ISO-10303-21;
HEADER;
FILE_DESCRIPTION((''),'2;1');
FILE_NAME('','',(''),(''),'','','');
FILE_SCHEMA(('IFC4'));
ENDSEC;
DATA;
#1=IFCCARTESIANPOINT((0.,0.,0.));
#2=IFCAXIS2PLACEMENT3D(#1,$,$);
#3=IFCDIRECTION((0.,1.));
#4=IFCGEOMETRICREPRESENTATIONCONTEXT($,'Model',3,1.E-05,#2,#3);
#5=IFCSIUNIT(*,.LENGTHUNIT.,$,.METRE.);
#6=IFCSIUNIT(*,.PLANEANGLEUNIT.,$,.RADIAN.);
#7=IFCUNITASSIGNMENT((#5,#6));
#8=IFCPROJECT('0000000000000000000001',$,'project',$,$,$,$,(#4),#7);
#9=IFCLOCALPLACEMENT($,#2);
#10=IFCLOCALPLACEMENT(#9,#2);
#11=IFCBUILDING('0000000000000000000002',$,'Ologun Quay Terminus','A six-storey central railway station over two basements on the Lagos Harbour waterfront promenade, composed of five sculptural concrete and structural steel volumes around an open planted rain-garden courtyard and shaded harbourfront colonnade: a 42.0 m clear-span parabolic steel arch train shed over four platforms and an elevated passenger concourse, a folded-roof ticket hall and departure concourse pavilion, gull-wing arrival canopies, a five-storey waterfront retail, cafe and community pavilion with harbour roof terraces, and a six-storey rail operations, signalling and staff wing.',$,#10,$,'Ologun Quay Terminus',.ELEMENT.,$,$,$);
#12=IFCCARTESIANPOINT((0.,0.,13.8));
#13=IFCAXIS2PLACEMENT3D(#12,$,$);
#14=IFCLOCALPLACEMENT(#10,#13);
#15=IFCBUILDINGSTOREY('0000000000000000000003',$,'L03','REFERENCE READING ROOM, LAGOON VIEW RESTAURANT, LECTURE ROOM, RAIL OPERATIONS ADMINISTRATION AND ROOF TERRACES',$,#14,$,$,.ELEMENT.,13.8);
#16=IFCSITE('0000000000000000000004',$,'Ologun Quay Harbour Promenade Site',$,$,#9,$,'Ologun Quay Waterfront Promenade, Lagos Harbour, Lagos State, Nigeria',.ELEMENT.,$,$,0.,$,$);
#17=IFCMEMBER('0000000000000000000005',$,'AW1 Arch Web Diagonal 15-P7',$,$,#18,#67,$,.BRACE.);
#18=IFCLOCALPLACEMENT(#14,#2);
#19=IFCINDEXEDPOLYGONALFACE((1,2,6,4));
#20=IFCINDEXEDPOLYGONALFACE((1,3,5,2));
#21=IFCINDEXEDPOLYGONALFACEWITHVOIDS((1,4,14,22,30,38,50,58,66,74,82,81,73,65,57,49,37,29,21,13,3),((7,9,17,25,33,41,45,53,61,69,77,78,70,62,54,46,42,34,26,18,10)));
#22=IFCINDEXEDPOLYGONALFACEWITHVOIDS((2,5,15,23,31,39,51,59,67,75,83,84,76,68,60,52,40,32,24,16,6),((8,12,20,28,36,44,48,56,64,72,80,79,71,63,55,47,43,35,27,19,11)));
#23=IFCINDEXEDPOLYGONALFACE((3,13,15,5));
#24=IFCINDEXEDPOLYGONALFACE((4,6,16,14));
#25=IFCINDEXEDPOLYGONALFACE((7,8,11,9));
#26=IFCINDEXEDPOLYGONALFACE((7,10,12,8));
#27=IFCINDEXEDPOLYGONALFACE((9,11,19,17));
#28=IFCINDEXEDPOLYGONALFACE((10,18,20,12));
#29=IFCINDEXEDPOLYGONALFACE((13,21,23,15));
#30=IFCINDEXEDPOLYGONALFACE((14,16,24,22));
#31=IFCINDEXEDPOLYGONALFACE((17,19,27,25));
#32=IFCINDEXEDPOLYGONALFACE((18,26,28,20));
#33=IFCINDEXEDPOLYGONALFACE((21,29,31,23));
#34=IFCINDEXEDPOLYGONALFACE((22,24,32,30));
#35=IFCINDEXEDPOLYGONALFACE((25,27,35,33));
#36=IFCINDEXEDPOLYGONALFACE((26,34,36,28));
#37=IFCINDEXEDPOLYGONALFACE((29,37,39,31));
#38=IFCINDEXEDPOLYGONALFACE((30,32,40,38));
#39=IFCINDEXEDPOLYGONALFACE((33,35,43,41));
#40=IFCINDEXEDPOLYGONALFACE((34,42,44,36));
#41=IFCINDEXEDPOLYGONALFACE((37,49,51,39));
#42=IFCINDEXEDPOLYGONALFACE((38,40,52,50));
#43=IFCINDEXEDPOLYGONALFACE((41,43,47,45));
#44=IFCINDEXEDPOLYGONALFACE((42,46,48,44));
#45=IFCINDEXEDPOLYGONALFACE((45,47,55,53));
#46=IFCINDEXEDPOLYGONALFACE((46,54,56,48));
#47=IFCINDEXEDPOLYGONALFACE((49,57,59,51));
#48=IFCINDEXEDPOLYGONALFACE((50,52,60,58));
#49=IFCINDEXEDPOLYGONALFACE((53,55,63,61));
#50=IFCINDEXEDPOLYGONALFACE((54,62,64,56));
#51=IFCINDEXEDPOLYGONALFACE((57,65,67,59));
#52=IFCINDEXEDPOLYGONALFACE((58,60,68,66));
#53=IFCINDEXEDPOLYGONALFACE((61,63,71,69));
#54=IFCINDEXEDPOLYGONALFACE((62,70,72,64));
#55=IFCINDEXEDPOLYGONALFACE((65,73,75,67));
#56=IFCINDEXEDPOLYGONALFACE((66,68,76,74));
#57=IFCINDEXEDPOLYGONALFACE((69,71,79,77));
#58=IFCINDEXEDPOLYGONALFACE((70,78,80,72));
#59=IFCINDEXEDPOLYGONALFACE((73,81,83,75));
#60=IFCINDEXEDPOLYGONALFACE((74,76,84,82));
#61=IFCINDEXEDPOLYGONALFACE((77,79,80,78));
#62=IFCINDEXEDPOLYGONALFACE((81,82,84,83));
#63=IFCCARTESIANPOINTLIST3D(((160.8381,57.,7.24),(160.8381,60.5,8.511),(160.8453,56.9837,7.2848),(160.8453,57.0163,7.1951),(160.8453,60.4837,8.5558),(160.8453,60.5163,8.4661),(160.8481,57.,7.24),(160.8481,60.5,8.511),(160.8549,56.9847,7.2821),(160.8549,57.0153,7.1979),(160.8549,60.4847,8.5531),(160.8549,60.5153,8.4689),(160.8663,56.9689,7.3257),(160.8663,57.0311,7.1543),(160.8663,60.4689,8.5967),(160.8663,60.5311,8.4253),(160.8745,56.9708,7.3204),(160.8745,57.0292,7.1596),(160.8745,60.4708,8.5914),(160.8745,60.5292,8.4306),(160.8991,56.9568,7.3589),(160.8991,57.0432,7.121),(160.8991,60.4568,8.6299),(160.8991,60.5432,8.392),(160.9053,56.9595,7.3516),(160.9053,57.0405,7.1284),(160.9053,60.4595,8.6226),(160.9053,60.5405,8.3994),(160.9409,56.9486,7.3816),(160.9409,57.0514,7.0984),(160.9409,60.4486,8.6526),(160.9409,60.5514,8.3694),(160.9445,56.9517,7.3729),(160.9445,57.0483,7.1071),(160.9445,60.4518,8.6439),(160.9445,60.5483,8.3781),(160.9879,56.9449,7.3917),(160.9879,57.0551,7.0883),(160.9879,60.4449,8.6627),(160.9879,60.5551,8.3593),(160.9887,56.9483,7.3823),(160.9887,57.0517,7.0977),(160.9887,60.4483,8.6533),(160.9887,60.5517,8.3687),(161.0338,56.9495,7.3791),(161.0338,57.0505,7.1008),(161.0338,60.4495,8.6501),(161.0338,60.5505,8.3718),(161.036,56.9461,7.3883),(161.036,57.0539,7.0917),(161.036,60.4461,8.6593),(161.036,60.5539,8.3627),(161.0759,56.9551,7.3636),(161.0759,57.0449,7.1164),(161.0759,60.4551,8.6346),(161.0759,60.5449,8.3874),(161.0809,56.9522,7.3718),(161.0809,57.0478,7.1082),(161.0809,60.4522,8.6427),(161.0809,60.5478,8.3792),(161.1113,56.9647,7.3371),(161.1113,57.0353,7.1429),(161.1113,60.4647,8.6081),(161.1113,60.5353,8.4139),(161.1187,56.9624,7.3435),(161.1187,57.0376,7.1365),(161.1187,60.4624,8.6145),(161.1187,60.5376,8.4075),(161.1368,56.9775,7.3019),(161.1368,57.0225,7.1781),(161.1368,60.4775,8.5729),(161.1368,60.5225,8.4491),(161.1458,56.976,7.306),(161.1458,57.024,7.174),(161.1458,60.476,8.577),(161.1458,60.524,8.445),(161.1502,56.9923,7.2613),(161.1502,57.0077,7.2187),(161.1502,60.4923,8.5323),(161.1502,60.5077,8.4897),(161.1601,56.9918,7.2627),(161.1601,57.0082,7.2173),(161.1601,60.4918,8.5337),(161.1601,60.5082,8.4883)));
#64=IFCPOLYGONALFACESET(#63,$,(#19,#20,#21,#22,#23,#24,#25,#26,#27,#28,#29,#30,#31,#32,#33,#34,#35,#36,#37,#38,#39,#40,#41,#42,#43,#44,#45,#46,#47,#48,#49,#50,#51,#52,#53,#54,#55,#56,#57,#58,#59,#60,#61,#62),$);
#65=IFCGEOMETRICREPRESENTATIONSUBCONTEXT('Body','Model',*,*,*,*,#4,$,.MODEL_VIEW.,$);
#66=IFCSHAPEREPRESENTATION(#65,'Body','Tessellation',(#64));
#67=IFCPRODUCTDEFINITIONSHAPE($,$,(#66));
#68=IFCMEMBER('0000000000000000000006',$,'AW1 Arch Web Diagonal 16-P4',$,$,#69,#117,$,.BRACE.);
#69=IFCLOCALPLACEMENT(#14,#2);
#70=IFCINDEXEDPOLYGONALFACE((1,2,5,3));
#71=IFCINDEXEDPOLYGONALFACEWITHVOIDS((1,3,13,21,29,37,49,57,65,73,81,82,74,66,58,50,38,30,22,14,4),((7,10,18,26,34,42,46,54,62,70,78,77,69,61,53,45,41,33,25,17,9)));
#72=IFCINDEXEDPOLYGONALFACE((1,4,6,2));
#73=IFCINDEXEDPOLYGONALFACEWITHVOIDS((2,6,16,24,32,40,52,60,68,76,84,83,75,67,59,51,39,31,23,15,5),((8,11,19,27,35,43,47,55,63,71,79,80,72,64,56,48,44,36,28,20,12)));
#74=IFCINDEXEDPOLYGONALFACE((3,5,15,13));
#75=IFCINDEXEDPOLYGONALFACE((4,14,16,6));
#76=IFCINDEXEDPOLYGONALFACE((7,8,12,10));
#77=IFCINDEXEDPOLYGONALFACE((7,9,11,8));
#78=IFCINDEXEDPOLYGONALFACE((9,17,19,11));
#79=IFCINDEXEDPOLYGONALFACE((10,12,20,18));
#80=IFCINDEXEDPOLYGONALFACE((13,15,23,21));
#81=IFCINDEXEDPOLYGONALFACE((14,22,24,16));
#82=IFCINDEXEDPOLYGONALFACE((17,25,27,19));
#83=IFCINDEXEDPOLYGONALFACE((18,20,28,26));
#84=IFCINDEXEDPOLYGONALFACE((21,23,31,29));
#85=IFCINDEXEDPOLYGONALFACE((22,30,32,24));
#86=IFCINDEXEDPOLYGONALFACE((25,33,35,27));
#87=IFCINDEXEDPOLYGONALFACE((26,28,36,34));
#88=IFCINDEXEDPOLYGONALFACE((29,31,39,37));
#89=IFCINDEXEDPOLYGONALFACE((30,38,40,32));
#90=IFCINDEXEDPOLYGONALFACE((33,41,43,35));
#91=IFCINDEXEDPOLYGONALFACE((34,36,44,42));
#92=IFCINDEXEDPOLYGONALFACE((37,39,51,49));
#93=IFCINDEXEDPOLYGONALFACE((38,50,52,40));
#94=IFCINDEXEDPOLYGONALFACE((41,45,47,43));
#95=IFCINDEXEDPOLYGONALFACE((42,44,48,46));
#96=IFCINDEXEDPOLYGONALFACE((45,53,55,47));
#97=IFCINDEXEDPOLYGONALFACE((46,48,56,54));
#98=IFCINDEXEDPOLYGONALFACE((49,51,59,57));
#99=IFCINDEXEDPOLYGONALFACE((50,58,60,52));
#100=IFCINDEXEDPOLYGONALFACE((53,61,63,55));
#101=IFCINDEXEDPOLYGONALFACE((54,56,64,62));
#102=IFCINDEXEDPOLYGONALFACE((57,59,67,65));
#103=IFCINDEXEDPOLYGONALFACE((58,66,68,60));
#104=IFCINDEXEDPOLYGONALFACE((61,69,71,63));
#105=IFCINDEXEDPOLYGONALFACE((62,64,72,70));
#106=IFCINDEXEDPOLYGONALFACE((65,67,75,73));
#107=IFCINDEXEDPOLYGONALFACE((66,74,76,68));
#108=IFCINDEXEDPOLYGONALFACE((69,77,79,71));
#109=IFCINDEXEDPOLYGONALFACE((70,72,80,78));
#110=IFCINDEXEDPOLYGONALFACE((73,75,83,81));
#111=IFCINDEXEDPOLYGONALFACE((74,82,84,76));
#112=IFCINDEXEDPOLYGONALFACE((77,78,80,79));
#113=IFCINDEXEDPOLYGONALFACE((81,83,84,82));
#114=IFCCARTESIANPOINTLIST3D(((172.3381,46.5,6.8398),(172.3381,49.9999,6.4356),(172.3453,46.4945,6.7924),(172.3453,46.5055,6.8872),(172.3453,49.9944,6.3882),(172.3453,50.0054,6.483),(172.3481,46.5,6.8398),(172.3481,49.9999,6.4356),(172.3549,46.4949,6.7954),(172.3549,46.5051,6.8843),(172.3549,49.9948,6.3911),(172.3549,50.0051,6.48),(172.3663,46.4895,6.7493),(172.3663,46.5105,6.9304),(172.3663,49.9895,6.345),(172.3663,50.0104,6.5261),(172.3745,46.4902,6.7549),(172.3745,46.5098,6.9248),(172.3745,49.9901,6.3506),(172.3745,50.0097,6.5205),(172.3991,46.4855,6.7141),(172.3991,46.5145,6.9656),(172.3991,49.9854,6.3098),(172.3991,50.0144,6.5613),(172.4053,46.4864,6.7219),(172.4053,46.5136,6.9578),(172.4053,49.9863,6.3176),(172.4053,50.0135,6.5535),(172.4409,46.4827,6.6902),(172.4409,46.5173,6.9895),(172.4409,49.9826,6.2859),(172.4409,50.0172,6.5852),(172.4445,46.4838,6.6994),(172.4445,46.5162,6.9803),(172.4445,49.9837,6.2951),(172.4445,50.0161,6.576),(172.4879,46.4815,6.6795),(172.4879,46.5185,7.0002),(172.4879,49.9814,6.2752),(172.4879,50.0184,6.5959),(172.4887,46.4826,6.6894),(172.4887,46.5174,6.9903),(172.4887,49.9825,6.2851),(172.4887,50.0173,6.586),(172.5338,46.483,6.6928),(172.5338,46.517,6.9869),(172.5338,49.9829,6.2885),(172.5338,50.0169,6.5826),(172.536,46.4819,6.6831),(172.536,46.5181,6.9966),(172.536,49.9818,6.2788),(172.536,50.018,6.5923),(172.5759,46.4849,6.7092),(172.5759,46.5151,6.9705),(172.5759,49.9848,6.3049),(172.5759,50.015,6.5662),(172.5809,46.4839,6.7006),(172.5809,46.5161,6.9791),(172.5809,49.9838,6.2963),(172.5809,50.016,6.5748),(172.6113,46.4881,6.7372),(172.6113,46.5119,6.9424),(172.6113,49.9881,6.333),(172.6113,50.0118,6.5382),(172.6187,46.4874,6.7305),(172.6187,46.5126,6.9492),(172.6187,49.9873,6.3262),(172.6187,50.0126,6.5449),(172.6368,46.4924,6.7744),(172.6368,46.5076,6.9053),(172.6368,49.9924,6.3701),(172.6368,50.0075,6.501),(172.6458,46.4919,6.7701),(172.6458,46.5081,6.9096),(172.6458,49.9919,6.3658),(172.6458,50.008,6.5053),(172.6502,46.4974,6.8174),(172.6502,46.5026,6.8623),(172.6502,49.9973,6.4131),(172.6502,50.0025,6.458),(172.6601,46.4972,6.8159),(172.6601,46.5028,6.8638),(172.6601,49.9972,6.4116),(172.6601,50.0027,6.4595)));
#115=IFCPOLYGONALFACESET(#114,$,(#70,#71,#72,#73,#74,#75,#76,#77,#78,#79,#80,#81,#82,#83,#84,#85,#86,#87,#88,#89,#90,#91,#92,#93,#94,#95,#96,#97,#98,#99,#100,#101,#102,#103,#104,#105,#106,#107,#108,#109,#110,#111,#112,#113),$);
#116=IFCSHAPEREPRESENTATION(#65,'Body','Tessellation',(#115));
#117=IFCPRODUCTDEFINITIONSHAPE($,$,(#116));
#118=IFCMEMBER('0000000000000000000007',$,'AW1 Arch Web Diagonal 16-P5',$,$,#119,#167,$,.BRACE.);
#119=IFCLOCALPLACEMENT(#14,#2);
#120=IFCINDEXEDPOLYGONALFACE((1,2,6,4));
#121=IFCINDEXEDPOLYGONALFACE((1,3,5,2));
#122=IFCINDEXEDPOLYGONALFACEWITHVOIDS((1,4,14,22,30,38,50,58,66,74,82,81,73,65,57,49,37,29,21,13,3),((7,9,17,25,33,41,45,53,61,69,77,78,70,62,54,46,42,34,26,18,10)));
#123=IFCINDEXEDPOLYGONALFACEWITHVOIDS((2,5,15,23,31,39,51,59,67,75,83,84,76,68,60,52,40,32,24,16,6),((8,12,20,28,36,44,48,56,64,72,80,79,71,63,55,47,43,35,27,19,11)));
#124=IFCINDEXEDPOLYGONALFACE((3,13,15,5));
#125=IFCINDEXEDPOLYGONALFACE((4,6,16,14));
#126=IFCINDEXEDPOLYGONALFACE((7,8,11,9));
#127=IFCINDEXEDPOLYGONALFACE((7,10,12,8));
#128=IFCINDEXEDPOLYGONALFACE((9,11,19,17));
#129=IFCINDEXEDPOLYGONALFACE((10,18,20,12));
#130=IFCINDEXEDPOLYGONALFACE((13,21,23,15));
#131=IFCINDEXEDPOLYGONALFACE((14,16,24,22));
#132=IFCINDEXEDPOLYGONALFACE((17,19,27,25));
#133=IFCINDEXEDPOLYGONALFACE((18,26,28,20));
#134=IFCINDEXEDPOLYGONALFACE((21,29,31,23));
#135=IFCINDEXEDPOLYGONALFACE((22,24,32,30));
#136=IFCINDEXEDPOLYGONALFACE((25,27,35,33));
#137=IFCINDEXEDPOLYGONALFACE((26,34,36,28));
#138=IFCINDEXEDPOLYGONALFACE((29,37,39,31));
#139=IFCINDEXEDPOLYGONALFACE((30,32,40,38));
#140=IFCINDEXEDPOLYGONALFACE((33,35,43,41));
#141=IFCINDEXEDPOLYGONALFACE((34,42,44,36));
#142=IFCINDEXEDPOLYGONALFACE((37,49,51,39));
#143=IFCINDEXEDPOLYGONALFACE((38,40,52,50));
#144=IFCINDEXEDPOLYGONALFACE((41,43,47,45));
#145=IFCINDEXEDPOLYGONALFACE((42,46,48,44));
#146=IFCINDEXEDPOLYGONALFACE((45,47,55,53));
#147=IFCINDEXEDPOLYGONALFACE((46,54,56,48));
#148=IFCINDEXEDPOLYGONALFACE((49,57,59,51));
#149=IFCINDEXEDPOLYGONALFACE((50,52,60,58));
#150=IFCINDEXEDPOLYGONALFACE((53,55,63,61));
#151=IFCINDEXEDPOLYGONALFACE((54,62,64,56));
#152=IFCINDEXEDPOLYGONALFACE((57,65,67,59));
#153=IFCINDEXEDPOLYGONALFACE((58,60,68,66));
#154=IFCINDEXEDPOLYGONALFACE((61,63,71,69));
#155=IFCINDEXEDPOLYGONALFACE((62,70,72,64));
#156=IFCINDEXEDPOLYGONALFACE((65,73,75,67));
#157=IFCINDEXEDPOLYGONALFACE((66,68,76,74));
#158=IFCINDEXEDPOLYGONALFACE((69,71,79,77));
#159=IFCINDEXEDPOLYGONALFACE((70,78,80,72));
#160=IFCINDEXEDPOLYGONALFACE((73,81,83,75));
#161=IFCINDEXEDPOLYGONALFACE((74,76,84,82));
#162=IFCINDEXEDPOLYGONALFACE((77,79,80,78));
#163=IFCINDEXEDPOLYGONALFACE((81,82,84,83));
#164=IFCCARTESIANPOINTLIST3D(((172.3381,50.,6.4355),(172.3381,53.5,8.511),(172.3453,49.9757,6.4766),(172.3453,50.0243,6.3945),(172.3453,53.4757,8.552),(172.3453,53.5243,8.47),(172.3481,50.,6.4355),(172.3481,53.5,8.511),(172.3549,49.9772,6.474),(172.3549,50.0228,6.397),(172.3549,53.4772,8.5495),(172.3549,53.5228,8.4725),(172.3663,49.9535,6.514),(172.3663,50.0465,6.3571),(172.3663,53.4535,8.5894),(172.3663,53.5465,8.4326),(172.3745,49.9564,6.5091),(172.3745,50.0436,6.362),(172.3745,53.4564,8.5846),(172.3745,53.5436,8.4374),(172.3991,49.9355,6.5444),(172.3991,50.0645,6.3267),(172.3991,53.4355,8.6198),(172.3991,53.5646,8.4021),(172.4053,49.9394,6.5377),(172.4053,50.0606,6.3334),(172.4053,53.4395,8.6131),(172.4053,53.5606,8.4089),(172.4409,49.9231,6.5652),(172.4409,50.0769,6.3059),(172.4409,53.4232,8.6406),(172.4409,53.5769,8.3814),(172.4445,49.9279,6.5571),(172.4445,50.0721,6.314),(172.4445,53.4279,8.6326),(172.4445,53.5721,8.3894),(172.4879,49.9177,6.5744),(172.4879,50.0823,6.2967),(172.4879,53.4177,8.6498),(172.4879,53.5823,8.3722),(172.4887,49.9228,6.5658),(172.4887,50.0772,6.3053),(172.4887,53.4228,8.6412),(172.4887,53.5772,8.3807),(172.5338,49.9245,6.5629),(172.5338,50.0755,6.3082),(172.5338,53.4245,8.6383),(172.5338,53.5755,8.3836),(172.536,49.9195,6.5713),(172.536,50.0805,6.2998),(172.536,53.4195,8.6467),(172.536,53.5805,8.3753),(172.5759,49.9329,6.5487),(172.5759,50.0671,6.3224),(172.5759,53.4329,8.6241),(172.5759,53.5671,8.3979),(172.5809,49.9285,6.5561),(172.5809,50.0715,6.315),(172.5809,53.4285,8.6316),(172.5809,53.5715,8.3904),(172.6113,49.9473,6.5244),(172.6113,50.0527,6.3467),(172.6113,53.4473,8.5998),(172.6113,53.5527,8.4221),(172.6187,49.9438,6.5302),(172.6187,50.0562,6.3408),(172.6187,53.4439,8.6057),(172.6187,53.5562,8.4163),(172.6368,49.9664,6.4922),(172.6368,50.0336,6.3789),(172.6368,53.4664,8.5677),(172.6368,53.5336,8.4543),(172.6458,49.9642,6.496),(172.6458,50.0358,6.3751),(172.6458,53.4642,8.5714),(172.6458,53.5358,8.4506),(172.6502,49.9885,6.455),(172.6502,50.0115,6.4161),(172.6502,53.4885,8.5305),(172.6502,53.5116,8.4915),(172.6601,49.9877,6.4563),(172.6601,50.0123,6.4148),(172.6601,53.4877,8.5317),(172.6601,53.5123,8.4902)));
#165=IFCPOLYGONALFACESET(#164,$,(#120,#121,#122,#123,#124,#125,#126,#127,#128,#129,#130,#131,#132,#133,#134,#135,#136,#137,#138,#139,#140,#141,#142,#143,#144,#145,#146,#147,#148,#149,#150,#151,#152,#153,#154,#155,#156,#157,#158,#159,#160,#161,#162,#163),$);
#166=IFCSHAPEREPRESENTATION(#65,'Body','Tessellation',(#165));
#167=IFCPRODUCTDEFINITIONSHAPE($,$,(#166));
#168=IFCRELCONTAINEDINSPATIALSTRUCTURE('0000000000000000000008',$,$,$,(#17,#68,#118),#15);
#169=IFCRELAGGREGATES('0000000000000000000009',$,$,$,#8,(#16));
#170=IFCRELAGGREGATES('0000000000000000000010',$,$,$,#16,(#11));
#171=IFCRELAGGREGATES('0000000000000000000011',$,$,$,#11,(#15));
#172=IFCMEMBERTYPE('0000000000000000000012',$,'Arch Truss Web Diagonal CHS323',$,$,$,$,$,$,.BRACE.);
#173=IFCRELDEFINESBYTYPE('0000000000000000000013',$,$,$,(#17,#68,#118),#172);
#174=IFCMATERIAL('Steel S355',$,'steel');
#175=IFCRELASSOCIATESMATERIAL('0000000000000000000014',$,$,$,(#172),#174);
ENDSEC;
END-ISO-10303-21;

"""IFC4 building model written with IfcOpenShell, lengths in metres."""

from ifc_helpers import new_model, si_unit, direction, frame, origin, origin_2d, place, context, subcontext, project, spatial, hollow_circle, extrude, material, material_profile, profile_set, type_object, element, save


model = new_model("IFC4")

# Units and contexts
model_context = context("Model", 3, precision=1e-05, world=origin(), true_north=direction((0.0, 1.0)))
body_context = subcontext(model_context, "Body", "Model", "MODEL_VIEW")
ifc_project = project(units=[si_unit("LENGTHUNIT", "METRE"), si_unit("PLANEANGLEUNIT", "RADIAN")], contexts=[model_context])

# Site, building, storey
site_placement = place(None, origin())
site = spatial("IfcSite", under=ifc_project, at=site_placement, Name="Ologun Quay Harbour Promenade Site", LongName="Ologun Quay Waterfront Promenade, Lagos Harbour, Lagos State, Nigeria", CompositionType="ELEMENT", RefElevation=0.0)
building_placement = place(site_placement, origin())
building = spatial("IfcBuilding", under=site, at=building_placement, Name="Ologun Quay Terminus", Description="A six-storey central railway station over two basements on the Lagos Harbour waterfront promenade, composed of five sculptural concrete and structural steel volumes around an open planted rain-garden courtyard and shaded harbourfront colonnade: a 42.0 m clear-span parabolic steel arch train shed over four platforms and an elevated passenger concourse, a folded-roof ticket hall and departure concourse pavilion, gull-wing arrival canopies, a five-storey waterfront retail, cafe and community pavilion with harbour roof terraces, and a six-storey rail operations, signalling and staff wing.", LongName="Ologun Quay Terminus", CompositionType="ELEMENT")
storey_placement = place(building_placement, frame((0.0, 0.0, 13.8)))
storey = spatial("IfcBuildingStorey", under=building, at=storey_placement, Name="L03", Description="REFERENCE READING ROOM, LAGOON VIEW RESTAURANT, LECTURE ROOM, RAIL OPERATIONS ADMINISTRATION AND ROOF TERRACES", CompositionType="ELEMENT", Elevation=13.8)

# Members
ifc_material_1 = material(Name="Steel S355", Category="steel")
ifc_material_profile_1 = material_profile(ifc_material_1, hollow_circle(Radius=0.1619, WallThickness=0.01, at=origin_2d()), Name="CHS 323.9x10")
ifc_profile_set_1 = profile_set([ifc_material_profile_1], Name="Steel S355")
member_type_1 = type_object("IfcMemberType", Name="Arch Truss Web Diagonal CHS323", PredefinedType="BRACE", material=ifc_profile_set_1)
for number, where, z_axis, x_axis, name in (
    (1, (161.0, 57.0, 7.24), (0.0, 0.939943, 0.341332), (-1.0, 0.0, 0.0), "AW1 Arch Web Diagonal 15-P7"),
):
    element("IfcMember", number, at=place(storey_placement, frame(where, z_axis=z_axis, x_axis=x_axis)), inside=storey, type_object=member_type_1, Name=name, PredefinedType="BRACE", context=body_context, shape_type="SweptSolid", body=[
        extrude(hollow_circle(Radius=0.1619, WallThickness=0.01, at=origin_2d()), origin(), (0.0, 0.0, 1.0), 3.7236),
    ])
member_1_placement = place(storey_placement, frame((172.5, 46.5, 6.8398), z_axis=(0.0, 0.993394, -0.11475), x_axis=(-1.0, 0.0, 0.0)))
element("IfcMember", 2, at=member_1_placement, inside=storey, type_object=member_type_1, Name="AW1 Arch Web Diagonal 16-P4", PredefinedType="BRACE", context=body_context, shape_type="SweptSolid", body=[
    extrude(hollow_circle(Radius=0.1619, WallThickness=0.01, at=origin_2d()), origin(), (0.0, 0.0, 1.0), 3.5232),
])
member_2_placement = place(storey_placement, frame((172.5, 50.0, 6.4355), z_axis=(0.0, 0.860144, 0.510051), x_axis=(-1.0, 0.0, 0.0)))
element("IfcMember", 3, at=member_2_placement, inside=storey, type_object=member_type_1, Name="AW1 Arch Web Diagonal 16-P5", PredefinedType="BRACE", context=body_context, shape_type="SweptSolid", body=[
    extrude(hollow_circle(Radius=0.1619, WallThickness=0.01, at=origin_2d()), origin(), (0.0, 0.0, 1.0), 4.0691),
])

save(model, "model.ifc")
